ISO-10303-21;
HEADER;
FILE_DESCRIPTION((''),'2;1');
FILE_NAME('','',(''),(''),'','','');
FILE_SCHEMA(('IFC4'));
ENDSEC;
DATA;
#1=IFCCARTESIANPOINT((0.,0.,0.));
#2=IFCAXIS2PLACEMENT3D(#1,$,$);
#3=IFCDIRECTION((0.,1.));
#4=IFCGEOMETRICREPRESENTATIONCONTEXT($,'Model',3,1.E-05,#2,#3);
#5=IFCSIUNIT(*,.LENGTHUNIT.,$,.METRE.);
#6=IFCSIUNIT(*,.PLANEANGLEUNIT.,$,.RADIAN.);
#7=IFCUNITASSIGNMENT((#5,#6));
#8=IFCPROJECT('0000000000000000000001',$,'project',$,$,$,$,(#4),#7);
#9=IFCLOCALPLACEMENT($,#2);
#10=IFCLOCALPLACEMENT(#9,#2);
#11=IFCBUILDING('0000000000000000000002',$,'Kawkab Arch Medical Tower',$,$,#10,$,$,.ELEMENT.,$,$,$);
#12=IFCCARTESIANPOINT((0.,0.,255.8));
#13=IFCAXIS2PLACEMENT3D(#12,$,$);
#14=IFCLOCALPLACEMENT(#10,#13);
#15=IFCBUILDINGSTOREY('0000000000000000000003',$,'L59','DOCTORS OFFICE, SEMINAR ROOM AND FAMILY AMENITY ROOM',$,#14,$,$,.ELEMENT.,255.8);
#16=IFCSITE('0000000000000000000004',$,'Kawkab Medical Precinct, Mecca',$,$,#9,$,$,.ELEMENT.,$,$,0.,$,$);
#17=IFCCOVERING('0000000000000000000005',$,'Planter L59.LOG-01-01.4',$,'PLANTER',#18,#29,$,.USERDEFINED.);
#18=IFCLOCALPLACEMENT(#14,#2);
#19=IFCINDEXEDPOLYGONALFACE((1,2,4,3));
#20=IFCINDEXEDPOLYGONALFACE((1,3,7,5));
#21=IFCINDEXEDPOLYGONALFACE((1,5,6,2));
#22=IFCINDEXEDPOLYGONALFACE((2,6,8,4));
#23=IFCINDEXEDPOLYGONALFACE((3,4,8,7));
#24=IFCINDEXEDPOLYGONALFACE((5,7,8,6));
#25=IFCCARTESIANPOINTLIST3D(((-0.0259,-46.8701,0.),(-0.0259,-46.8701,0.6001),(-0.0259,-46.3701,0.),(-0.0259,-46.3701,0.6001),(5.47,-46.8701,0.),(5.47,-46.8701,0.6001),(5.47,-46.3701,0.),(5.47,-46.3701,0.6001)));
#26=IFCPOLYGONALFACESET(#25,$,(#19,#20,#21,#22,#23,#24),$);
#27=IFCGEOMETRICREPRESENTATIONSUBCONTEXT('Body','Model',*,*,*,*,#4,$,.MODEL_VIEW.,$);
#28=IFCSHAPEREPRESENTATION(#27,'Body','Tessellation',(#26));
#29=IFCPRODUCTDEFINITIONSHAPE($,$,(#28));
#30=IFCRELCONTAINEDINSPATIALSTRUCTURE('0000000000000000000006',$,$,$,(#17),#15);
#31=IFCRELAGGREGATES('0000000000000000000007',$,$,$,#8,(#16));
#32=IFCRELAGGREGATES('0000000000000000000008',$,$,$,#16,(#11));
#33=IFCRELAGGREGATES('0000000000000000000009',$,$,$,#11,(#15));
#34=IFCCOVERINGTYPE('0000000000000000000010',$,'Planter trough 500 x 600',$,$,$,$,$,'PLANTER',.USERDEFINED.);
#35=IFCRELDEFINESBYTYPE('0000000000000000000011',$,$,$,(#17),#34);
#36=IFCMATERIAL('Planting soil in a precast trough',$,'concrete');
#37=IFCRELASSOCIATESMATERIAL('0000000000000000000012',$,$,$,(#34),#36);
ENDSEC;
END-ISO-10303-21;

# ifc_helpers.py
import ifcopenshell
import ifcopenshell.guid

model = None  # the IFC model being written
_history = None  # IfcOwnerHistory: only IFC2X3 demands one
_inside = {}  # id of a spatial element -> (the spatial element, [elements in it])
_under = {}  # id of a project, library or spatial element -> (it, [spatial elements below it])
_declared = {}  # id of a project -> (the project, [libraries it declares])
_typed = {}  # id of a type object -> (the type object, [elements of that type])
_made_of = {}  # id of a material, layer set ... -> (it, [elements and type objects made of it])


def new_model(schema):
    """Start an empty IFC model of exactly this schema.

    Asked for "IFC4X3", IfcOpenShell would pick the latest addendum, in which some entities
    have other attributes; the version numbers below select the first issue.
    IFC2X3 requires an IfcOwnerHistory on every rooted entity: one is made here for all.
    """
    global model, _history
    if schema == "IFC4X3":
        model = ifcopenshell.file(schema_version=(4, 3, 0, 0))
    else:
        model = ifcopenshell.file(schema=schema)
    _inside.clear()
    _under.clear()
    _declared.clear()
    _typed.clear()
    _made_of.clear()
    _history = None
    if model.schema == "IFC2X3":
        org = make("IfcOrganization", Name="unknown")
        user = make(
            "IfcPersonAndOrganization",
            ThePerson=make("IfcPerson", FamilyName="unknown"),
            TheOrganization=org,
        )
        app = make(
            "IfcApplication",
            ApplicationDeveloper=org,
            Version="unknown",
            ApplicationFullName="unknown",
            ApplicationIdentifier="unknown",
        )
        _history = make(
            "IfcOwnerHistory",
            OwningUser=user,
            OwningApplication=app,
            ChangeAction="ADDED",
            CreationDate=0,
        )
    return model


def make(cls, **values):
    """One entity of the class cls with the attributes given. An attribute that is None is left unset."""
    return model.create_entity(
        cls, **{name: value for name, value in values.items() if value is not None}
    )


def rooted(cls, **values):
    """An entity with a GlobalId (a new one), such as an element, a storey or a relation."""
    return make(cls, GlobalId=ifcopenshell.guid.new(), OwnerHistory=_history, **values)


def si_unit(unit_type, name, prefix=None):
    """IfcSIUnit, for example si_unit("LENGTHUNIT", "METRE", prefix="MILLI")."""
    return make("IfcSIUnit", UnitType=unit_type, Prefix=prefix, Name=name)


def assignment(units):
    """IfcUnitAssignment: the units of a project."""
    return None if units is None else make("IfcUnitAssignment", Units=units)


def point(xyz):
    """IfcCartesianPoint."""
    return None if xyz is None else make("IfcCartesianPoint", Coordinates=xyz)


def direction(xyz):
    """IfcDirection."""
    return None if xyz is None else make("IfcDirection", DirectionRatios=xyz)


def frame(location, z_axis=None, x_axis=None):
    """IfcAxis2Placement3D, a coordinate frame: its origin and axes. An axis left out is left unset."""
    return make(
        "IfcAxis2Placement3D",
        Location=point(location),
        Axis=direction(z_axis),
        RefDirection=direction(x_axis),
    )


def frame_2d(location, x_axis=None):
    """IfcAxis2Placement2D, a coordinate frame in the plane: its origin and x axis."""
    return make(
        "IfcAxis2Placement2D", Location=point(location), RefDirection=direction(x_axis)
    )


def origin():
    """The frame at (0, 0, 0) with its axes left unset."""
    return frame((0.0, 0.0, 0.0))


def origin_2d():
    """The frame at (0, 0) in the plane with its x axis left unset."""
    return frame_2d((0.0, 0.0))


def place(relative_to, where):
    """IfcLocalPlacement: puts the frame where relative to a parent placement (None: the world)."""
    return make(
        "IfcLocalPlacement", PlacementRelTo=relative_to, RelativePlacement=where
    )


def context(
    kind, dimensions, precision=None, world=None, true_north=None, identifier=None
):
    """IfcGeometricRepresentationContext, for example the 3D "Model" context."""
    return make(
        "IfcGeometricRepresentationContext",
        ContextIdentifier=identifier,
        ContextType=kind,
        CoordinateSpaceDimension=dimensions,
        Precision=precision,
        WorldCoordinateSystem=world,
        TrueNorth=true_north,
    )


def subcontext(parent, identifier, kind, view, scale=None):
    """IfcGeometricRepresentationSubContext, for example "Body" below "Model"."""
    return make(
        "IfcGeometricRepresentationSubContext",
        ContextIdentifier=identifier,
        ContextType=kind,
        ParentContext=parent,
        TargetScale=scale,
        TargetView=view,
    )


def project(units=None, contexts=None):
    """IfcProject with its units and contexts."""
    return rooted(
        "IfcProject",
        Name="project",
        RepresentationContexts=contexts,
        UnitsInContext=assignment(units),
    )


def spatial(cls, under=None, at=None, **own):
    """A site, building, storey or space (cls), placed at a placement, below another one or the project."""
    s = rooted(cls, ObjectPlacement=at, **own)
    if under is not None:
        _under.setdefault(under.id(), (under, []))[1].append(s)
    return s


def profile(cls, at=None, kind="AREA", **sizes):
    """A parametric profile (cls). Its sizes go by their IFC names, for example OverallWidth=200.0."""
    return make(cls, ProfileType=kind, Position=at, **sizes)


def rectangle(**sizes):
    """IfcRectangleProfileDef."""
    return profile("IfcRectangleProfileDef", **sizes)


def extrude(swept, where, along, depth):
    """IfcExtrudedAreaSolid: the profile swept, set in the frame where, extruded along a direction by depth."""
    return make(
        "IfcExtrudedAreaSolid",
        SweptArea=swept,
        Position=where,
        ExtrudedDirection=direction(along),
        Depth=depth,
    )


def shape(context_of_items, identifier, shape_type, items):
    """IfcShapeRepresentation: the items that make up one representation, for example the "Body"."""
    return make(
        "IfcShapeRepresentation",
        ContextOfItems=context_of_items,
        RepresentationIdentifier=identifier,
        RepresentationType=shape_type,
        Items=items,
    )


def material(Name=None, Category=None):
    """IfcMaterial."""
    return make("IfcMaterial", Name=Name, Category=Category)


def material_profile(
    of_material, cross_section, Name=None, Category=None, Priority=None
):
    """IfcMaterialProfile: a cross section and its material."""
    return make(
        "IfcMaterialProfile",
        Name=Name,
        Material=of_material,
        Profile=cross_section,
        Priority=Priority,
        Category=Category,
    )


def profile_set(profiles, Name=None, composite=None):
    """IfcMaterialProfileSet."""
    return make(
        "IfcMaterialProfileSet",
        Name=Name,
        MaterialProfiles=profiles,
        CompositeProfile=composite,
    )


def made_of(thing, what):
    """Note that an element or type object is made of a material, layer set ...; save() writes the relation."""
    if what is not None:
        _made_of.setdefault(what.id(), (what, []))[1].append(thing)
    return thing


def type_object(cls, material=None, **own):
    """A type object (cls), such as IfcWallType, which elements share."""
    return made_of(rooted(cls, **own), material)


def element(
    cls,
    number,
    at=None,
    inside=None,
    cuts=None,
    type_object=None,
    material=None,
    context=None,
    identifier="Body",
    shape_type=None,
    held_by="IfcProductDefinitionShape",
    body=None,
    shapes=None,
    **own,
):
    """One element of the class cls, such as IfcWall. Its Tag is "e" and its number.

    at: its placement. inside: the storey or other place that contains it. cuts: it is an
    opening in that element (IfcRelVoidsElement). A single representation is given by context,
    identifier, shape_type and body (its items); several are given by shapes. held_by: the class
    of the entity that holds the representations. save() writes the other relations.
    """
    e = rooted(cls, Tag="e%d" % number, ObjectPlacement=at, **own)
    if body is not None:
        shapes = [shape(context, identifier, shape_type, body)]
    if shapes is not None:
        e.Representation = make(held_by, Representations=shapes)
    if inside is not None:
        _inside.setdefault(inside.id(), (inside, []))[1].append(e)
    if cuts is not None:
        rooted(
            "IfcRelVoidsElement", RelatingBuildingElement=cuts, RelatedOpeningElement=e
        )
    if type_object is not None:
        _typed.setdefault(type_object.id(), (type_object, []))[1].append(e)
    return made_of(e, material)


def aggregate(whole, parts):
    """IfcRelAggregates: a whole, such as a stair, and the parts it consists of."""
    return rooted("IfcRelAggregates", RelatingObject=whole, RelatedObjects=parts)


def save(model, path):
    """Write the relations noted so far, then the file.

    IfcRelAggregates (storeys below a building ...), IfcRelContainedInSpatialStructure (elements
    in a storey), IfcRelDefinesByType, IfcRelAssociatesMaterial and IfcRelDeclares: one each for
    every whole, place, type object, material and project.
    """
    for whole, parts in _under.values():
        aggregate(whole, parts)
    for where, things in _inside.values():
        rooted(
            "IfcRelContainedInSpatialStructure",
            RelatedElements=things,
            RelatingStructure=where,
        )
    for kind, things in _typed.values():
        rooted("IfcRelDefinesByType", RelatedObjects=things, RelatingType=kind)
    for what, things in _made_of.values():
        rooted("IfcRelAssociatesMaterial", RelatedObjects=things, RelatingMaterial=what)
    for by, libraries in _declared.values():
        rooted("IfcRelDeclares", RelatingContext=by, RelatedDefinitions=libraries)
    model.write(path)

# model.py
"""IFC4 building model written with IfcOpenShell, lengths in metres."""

from ifc_helpers import new_model, si_unit, direction, frame, origin, origin_2d, place, context, subcontext, project, spatial, rectangle, extrude, material, material_profile, profile_set, type_object, element, save


model = new_model("IFC4")

# Units and contexts
model_context = context("Model", 3, precision=1e-05, world=origin(), true_north=direction((0.0, 1.0)))
body_context = subcontext(model_context, "Body", "Model", "MODEL_VIEW")
ifc_project = project(units=[si_unit("LENGTHUNIT", "METRE"), si_unit("PLANEANGLEUNIT", "RADIAN")], contexts=[model_context])

# Site, building, storey
site_placement = place(None, origin())
site = spatial("IfcSite", under=ifc_project, at=site_placement, Name="Kawkab Medical Precinct, Mecca", CompositionType="ELEMENT", RefElevation=0.0)
building_placement = place(site_placement, origin())
building = spatial("IfcBuilding", under=site, at=building_placement, Name="Kawkab Arch Medical Tower", CompositionType="ELEMENT")
storey_placement = place(building_placement, frame((0.0, 0.0, 255.8)))
storey = spatial("IfcBuildingStorey", under=building, at=storey_placement, Name="L59", Description="DOCTORS OFFICE, SEMINAR ROOM AND FAMILY AMENITY ROOM", CompositionType="ELEMENT", Elevation=255.8)

# Covering
ifc_material_1 = material(Name="Planting soil in a precast trough", Category="concrete")
ifc_material_profile_1 = material_profile(ifc_material_1, rectangle(XDim=0.5, YDim=0.6001, at=origin_2d()), Name="Trough 500x600")
ifc_profile_set_1 = profile_set([ifc_material_profile_1], Name="Planting soil in a precast trough")
covering_type_1 = type_object("IfcCoveringType", Name="Planter trough 500 x 600", ElementType="PLANTER", PredefinedType="USERDEFINED", material=ifc_profile_set_1)
covering_1_placement = place(storey_placement, frame((5.47, -46.6201, 0.3), z_axis=(-1.0, 0.0, 0.0), x_axis=(0.0, -1.0, 0.0)))
element("IfcCovering", 1, at=covering_1_placement, inside=storey, type_object=covering_type_1, Name="Planter L59.LOG-01-01.4", ObjectType="PLANTER", PredefinedType="USERDEFINED", context=body_context, shape_type="SweptSolid", body=[
    extrude(rectangle(XDim=0.5, YDim=0.6001, at=origin_2d()), origin(), (0.0, 0.0, 1.0), 5.4958),
])

save(model, "model.ifc")
